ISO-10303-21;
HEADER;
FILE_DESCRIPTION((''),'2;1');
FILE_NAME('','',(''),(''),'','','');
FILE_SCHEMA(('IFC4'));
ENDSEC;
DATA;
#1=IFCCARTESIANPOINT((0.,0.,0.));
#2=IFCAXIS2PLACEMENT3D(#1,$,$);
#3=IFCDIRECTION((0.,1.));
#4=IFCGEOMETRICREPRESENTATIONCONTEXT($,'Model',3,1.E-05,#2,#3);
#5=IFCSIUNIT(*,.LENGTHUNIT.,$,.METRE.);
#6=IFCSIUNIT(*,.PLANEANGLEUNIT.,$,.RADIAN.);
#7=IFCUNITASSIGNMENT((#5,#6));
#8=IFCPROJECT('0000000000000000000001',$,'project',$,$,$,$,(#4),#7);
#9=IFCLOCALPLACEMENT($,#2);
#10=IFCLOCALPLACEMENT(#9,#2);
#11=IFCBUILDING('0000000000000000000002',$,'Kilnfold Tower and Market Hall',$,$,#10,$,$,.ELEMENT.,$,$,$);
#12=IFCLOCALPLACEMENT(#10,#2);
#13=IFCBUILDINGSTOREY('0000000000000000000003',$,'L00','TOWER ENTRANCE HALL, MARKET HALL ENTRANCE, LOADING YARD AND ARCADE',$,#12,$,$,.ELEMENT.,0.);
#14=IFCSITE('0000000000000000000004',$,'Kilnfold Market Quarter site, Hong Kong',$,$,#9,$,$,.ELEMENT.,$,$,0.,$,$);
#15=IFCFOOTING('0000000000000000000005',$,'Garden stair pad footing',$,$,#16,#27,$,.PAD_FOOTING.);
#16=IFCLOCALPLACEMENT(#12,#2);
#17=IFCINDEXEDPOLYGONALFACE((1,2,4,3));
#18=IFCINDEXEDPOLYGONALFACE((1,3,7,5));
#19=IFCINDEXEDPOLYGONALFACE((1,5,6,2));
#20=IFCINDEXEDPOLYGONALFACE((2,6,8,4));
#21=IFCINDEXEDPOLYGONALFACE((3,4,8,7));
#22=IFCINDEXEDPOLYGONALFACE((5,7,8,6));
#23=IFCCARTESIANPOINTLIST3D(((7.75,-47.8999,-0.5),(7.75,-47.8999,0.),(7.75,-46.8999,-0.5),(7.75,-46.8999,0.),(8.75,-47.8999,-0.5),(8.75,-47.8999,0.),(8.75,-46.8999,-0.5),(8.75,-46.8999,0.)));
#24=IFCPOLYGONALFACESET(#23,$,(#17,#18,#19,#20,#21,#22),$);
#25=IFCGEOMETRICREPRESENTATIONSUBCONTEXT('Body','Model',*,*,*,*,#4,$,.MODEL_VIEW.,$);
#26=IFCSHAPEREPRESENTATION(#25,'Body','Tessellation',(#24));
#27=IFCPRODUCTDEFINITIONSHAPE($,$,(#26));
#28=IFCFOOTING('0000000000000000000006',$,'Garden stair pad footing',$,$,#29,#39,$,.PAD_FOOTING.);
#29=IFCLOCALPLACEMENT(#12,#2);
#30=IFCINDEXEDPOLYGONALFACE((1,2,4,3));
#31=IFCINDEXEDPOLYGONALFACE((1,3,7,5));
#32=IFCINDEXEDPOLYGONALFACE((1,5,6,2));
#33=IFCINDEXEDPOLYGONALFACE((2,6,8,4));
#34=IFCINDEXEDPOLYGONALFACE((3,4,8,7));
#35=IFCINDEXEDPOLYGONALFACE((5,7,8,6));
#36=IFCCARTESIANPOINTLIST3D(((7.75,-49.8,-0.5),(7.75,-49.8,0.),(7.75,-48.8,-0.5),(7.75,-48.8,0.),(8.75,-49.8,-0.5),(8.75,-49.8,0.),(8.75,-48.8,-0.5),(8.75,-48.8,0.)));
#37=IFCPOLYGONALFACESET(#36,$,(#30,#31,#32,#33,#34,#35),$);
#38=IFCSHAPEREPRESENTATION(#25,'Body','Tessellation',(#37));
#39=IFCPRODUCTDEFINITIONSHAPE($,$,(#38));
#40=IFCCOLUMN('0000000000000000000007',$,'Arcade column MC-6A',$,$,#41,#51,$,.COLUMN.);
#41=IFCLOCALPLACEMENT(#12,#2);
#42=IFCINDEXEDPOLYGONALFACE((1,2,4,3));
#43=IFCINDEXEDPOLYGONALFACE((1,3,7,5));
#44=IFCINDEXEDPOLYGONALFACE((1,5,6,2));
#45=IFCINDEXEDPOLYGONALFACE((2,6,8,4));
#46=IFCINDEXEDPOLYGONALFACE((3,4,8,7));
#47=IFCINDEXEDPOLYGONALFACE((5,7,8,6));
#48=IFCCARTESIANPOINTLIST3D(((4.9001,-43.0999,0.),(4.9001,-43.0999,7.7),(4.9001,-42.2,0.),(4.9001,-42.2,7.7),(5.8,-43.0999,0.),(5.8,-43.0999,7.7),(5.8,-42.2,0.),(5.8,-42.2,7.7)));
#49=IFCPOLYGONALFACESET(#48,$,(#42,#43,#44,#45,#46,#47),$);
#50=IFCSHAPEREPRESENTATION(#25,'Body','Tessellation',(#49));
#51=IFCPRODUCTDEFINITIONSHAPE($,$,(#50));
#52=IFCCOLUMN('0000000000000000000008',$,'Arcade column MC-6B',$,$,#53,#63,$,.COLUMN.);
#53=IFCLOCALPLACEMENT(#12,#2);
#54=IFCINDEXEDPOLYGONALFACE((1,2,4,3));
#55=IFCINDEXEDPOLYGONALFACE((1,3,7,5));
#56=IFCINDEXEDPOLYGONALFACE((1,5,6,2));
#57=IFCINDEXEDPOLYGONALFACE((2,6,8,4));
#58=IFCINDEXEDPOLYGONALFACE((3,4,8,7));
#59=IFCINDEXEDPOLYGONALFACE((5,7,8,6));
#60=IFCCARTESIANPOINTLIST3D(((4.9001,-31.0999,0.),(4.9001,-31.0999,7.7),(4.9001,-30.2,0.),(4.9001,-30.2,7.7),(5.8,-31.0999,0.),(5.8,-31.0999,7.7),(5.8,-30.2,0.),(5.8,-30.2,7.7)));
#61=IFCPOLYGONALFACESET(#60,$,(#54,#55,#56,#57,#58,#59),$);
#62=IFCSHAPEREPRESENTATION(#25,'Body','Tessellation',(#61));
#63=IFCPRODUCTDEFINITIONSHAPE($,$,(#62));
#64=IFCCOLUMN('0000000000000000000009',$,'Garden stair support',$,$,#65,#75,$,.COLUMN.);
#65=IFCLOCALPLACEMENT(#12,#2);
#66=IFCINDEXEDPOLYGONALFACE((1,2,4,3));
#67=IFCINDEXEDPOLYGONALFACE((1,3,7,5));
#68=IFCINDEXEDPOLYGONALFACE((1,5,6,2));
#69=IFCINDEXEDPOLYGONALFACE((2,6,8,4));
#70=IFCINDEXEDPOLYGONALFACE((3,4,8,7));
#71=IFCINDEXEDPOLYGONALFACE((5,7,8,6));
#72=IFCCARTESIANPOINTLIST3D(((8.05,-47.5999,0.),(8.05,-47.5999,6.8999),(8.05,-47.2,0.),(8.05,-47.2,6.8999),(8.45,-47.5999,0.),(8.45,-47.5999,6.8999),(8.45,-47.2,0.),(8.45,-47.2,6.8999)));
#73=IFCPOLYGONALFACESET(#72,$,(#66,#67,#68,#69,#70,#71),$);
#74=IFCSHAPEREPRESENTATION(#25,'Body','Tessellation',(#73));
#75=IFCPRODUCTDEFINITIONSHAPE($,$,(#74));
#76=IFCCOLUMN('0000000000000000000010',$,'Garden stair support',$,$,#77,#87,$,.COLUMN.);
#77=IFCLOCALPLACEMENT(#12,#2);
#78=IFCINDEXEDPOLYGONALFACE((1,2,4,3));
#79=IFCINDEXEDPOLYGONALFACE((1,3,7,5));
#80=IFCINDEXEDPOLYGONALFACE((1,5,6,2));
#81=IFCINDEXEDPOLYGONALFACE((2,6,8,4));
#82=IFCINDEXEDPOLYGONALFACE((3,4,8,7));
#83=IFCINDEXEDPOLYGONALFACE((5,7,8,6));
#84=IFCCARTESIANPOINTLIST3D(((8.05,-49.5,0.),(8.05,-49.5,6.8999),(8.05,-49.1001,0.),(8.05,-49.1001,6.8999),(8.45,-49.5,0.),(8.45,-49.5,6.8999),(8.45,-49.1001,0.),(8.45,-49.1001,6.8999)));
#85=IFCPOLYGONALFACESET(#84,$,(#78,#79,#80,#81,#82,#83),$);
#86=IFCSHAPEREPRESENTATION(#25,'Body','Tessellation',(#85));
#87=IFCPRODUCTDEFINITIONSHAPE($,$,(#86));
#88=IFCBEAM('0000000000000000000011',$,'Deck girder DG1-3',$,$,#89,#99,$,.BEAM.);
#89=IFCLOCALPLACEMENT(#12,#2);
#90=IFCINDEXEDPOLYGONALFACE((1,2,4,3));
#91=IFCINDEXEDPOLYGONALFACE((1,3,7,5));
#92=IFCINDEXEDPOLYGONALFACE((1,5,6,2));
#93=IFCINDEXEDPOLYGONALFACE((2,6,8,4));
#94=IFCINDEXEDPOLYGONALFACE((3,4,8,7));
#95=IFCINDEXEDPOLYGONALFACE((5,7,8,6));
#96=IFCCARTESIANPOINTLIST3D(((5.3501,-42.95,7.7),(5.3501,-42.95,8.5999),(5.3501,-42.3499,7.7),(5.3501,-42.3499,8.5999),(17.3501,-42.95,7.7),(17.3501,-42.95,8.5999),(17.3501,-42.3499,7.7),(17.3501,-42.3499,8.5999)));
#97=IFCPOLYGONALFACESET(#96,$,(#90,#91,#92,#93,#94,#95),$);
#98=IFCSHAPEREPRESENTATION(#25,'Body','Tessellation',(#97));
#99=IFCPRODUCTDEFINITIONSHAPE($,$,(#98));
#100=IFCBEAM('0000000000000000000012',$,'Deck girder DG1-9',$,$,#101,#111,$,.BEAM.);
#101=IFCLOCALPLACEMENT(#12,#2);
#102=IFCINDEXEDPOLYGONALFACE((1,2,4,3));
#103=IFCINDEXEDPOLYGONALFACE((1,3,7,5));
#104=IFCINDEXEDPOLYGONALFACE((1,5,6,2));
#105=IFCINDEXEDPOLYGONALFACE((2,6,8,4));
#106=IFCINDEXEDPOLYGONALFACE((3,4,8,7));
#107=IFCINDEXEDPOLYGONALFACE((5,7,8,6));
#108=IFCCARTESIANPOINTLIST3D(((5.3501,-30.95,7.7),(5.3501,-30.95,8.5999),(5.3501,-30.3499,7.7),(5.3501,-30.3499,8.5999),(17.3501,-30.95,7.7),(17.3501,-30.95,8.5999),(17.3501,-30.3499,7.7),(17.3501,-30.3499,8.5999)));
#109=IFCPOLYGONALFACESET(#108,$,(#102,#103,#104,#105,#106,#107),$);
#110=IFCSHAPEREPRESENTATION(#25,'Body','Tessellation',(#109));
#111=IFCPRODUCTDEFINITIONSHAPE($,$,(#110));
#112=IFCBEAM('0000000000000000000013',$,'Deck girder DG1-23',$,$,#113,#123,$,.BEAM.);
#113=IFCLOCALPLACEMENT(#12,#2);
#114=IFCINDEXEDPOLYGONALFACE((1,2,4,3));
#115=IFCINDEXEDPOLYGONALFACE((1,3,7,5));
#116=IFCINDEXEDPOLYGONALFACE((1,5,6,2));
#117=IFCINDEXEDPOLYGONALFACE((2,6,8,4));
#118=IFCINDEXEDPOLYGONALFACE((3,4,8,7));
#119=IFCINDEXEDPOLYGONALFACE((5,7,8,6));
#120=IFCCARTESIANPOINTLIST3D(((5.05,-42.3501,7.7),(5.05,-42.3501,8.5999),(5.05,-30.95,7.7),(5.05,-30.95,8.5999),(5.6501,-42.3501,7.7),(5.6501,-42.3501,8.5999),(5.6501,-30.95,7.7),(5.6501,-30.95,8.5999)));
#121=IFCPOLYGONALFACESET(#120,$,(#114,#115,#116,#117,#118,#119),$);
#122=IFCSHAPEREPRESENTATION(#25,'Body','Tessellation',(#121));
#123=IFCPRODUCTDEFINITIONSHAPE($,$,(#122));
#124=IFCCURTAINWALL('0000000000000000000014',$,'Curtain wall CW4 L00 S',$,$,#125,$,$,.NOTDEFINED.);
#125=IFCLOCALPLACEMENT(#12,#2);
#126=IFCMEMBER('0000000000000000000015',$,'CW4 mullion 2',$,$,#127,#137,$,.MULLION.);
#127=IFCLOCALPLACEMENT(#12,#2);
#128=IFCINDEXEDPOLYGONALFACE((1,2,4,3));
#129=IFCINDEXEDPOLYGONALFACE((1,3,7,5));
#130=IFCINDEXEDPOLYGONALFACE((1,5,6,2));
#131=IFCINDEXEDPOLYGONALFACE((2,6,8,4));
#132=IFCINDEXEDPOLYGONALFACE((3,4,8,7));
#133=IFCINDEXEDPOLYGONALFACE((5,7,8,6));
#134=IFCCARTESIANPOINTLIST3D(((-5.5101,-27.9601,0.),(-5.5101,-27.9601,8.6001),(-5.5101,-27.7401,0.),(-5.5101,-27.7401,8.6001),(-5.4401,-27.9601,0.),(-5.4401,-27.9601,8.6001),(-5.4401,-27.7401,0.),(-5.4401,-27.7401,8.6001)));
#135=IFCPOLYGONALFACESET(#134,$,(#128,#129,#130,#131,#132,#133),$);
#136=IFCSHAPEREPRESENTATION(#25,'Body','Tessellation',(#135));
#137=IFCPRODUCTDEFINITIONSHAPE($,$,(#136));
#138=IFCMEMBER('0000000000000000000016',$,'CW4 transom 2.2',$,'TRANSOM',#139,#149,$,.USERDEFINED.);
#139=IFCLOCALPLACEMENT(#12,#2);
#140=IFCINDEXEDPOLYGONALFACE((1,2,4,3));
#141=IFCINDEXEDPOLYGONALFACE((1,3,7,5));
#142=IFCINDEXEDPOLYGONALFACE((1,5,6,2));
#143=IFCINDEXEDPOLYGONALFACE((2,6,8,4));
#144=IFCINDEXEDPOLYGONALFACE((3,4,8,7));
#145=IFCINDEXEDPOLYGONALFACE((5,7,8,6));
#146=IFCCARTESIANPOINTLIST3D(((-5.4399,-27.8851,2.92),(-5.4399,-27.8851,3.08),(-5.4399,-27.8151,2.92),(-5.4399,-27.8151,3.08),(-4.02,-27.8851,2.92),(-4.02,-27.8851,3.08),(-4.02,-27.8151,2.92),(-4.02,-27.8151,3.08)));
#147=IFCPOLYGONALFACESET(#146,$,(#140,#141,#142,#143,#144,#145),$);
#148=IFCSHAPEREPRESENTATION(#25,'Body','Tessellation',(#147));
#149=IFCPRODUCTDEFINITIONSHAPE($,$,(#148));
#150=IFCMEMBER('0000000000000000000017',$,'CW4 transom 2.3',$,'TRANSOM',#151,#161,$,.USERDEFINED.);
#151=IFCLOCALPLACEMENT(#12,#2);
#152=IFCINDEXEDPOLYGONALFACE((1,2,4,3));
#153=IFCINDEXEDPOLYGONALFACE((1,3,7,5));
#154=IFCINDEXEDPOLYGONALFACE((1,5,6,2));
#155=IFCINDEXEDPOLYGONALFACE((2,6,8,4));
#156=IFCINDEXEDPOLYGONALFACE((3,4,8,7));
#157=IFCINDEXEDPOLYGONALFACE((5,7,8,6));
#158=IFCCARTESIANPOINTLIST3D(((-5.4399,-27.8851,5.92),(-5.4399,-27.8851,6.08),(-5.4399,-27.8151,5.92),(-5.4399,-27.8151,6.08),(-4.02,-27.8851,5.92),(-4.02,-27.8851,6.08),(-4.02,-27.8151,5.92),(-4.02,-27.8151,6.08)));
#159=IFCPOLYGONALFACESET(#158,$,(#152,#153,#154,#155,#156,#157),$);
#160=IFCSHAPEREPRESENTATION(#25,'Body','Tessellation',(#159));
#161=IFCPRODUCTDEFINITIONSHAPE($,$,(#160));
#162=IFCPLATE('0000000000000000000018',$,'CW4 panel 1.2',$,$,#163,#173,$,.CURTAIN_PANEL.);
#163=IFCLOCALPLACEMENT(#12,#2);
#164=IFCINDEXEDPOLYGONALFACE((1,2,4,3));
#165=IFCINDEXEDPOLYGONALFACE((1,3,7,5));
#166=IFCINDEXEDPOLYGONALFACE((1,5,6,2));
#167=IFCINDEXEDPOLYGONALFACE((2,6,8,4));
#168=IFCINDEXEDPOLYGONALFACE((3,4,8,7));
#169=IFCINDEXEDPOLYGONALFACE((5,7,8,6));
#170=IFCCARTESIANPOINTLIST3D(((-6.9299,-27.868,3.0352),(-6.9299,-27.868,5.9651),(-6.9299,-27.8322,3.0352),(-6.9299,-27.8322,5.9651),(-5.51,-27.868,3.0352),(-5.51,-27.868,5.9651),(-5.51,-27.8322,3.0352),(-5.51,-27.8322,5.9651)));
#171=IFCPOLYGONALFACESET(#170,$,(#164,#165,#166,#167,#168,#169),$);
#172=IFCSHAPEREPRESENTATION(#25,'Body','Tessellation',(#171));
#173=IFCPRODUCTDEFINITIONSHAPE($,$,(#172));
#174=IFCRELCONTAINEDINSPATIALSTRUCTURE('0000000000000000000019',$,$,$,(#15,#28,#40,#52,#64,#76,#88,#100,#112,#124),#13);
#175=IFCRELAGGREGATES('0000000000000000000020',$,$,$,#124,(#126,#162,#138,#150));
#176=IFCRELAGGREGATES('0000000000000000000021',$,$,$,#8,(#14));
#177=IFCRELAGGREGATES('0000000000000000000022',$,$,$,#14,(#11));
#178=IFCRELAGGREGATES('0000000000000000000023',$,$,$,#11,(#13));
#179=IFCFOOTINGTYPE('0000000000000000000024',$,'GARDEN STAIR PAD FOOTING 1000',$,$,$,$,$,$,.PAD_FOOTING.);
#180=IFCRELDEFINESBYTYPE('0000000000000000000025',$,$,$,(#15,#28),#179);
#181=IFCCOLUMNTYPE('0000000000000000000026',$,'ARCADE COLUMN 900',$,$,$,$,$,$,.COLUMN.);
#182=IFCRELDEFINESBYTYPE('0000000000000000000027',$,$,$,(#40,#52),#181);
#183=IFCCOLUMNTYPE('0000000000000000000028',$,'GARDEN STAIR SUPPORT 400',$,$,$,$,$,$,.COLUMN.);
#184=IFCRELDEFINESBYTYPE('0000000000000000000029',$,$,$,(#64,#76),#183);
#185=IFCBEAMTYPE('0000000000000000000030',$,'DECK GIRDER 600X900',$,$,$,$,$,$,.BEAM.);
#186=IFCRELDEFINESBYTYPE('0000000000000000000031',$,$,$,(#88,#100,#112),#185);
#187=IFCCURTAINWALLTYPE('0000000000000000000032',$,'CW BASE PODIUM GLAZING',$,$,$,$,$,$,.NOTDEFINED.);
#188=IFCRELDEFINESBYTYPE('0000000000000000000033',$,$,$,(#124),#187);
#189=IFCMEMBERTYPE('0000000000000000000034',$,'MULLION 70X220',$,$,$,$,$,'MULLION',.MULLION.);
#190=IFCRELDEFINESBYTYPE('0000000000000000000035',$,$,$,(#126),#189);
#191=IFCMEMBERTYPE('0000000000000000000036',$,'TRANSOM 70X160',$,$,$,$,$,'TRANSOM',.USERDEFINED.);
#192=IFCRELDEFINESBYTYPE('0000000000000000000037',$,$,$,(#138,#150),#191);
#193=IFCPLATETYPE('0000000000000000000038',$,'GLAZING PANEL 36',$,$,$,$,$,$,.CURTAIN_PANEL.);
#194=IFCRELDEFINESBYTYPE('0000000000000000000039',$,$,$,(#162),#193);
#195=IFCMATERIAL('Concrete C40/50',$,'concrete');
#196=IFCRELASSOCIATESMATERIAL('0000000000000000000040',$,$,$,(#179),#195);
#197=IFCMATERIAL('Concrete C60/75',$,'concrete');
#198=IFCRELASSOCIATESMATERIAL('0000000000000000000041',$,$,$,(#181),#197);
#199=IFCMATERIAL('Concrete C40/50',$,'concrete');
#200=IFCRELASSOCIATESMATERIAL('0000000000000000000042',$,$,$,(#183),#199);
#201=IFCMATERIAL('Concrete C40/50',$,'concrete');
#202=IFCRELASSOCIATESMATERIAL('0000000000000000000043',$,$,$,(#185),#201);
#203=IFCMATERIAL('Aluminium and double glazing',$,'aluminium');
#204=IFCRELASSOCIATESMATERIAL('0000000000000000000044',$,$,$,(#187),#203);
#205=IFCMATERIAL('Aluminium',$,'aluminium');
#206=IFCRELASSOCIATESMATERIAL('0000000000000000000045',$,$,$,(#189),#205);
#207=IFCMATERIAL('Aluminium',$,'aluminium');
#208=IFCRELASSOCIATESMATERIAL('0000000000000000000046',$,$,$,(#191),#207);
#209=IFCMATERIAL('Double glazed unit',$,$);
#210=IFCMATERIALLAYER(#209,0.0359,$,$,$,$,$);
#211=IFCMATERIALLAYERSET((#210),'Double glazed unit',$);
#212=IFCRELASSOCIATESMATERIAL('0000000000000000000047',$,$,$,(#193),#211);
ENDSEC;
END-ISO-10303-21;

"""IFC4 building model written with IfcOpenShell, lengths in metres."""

from ifc_helpers import new_model, si_unit, direction, frame, origin, origin_2d, place, context, subcontext, project, spatial, rectangle, extrude, source, transform, mapped, material, layer, layer_set, material_profile, profile_set, type_object, element, aggregate, save


model = new_model("IFC4")

# Units and contexts
model_context = context("Model", 3, precision=1e-05, world=origin(), true_north=direction((0.0, 1.0)))
body_context = subcontext(model_context, "Body", "Model", "MODEL_VIEW")
ifc_project = project(units=[si_unit("LENGTHUNIT", "METRE"), si_unit("PLANEANGLEUNIT", "RADIAN")], contexts=[model_context])

# Site, building, storey
site_placement = place(None, origin())
site = spatial("IfcSite", under=ifc_project, at=site_placement, Name="Kilnfold Market Quarter site, Hong Kong", CompositionType="ELEMENT", RefElevation=0.0)
building_placement = place(site_placement, origin())
building = spatial("IfcBuilding", under=site, at=building_placement, Name="Kilnfold Tower and Market Hall", CompositionType="ELEMENT")
storey_placement = place(building_placement, origin())
storey = spatial("IfcBuildingStorey", under=building, at=storey_placement, Name="L00", Description="TOWER ENTRANCE HALL, MARKET HALL ENTRANCE, LOADING YARD AND ARCADE", CompositionType="ELEMENT", Elevation=0.0)

# Footings
ifc_material_1 = material(Name="Concrete C40/50", Category="concrete")
footing_type = type_object("IfcFootingType", Name="GARDEN STAIR PAD FOOTING 1000", PredefinedType="PAD_FOOTING", material=ifc_material_1)
shared_shape_1 = source(origin(), body_context, "Body", "SweptSolid", [
    extrude(rectangle(XDim=1.0, YDim=1.0, at=origin_2d()), origin(), (0.0, 0.0, 1.0), 0.5),
])
for number, where, z_axis, x_axis, name in (
    (1, (8.25, -47.3999, -0.5), (0.0, 0.0, 1.0), (1.0, 0.0, 0.0), "Garden stair pad footing"),
    (2, (8.25, -49.3, -0.5), (0.0, 0.0, 1.0), (1.0, 0.0, 0.0), "Garden stair pad footing"),
):
    element("IfcFooting", number, at=place(storey_placement, frame(where, z_axis=z_axis, x_axis=x_axis)), inside=storey, type_object=footing_type, Name=name, PredefinedType="PAD_FOOTING", context=body_context, shape_type="MappedRepresentation", body=[
        mapped(shared_shape_1, transform((0.0, 0.0, 0.0))),
    ])

# Columns
ifc_material_2 = material(Name="Concrete C60/75", Category="concrete")
ifc_material_profile_1 = material_profile(ifc_material_2, rectangle(XDim=0.8999, YDim=0.8999, at=origin_2d()), Name="RC 900x900")
ifc_profile_set_1 = profile_set([ifc_material_profile_1], Name="Concrete C60/75")
column_type_1 = type_object("IfcColumnType", Name="ARCADE COLUMN 900", PredefinedType="COLUMN", material=ifc_profile_set_1)
shared_shape_2 = source(origin(), body_context, "Body", "SweptSolid", [
    extrude(rectangle(XDim=0.8999, YDim=0.8999, at=origin_2d()), origin(), (0.0, 0.0, 1.0), 7.7),
])
for number, where, z_axis, x_axis, name in (
    (3, (5.3501, -42.6499, 0.0), (0.0, 0.0, 1.0), (1.0, 0.0, 0.0), "Arcade column MC-6A"),
    (4, (5.3501, -30.6499, 0.0), (0.0, 0.0, 1.0), (1.0, 0.0, 0.0), "Arcade column MC-6B"),
):
    element("IfcColumn", number, at=place(storey_placement, frame(where, z_axis=z_axis, x_axis=x_axis)), inside=storey, type_object=column_type_1, Name=name, PredefinedType="COLUMN", context=body_context, shape_type="MappedRepresentation", body=[
        mapped(shared_shape_2, transform((0.0, 0.0, 0.0))),
    ])
ifc_material_3 = material(Name="Concrete C40/50", Category="concrete")
ifc_material_profile_2 = material_profile(ifc_material_3, rectangle(XDim=0.3999, YDim=0.3999, at=origin_2d()), Name="RC 400x400")
ifc_profile_set_2 = profile_set([ifc_material_profile_2], Name="Concrete C40/50")
column_type_2 = type_object("IfcColumnType", Name="GARDEN STAIR SUPPORT 400", PredefinedType="COLUMN", material=ifc_profile_set_2)
shared_shape_3 = source(origin(), body_context, "Body", "SweptSolid", [
    extrude(rectangle(XDim=0.3999, YDim=0.3999, at=origin_2d()), origin(), (0.0, 0.0, 1.0), 6.8999),
])
for number, where, z_axis, x_axis, name in (
    (5, (8.25, -47.3999, 0.0), (0.0, 0.0, 1.0), (1.0, 0.0, 0.0), "Garden stair support"),
    (6, (8.25, -49.3, 0.0), (0.0, 0.0, 1.0), (1.0, 0.0, 0.0), "Garden stair support"),
):
    element("IfcColumn", number, at=place(storey_placement, frame(where, z_axis=z_axis, x_axis=x_axis)), inside=storey, type_object=column_type_2, Name=name, PredefinedType="COLUMN", context=body_context, shape_type="MappedRepresentation", body=[
        mapped(shared_shape_3, transform((0.0, 0.0, 0.0))),
    ])

# Beams
ifc_material_4 = material(Name="Concrete C40/50", Category="concrete")
ifc_material_profile_3 = material_profile(ifc_material_4, rectangle(XDim=0.6001, YDim=0.8999, at=origin_2d()), Name="RC 600x900")
ifc_profile_set_3 = profile_set([ifc_material_profile_3], Name="Concrete C40/50")
beam_type = type_object("IfcBeamType", Name="DECK GIRDER 600X900", PredefinedType="BEAM", material=ifc_profile_set_3)
shared_shape_4 = source(origin(), body_context, "Body", "SweptSolid", [
    extrude(rectangle(XDim=0.6001, YDim=0.8999, at=origin_2d()), origin(), (0.0, 0.0, 1.0), 12.0),
])
for number, where, z_axis, x_axis, name in (
    (7, (5.3501, -42.6499, 8.1499), (1.0, 0.0, 0.0), (0.0, 1.0, 0.0), "Deck girder DG1-3"),
    (8, (5.3501, -30.6499, 8.1499), (1.0, 0.0, 0.0), (0.0, 1.0, 0.0), "Deck girder DG1-9"),
):
    element("IfcBeam", number, at=place(storey_placement, frame(where, z_axis=z_axis, x_axis=x_axis)), inside=storey, type_object=beam_type, Name=name, PredefinedType="BEAM", context=body_context, shape_type="MappedRepresentation", body=[
        mapped(shared_shape_4, transform((0.0, 0.0, 0.0))),
    ])
shared_shape_5 = source(origin(), body_context, "Body", "SweptSolid", [
    extrude(rectangle(XDim=0.6001, YDim=0.8999, at=origin_2d()), origin(), (0.0, 0.0, 1.0), 11.4001),
])
beam_placement = place(storey_placement, frame((5.3501, -42.3501, 8.1499), z_axis=(0.0, 1.0, 0.0), x_axis=(-1.0, 0.0, 0.0)))
element("IfcBeam", 9, at=beam_placement, inside=storey, type_object=beam_type, Name="Deck girder DG1-23", PredefinedType="BEAM", context=body_context, shape_type="MappedRepresentation", body=[
    mapped(shared_shape_5, transform((0.0, 0.0, 0.0))),
])

# Curtain wall, members, plate
ifc_material_5 = material(Name="Aluminium and double glazing", Category="aluminium")
curtain_wall_type = type_object("IfcCurtainWallType", Name="CW BASE PODIUM GLAZING", PredefinedType="NOTDEFINED", material=ifc_material_5)
curtain_wall_placement = place(storey_placement, origin())
curtain_wall = element("IfcCurtainWall", 10, at=curtain_wall_placement, inside=storey, type_object=curtain_wall_type, Name="Curtain wall CW4 L00 S", PredefinedType="NOTDEFINED")
ifc_material_6 = material(Name="Aluminium", Category="aluminium")
ifc_material_profile_4 = material_profile(ifc_material_6, rectangle(XDim=0.0701, YDim=0.22, at=origin_2d()), Name="MULLION 70x220")
ifc_profile_set_4 = profile_set([ifc_material_profile_4], Name="Aluminium")
member_type_1 = type_object("IfcMemberType", Name="MULLION 70X220", ElementType="MULLION", PredefinedType="MULLION", material=ifc_profile_set_4)
shared_shape_6 = source(origin(), body_context, "Body", "SweptSolid", [
    extrude(rectangle(XDim=0.0701, YDim=0.22, at=origin_2d()), origin(), (0.0, 0.0, 1.0), 8.6001),
])
member_1_placement = place(storey_placement, frame((-5.4751, -27.8501, 0.0), z_axis=(0.0, 0.0, 1.0), x_axis=(1.0, 0.0, 0.0)))
member_1 = element("IfcMember", 11, at=member_1_placement, type_object=member_type_1, Name="CW4 mullion 2", PredefinedType="MULLION", context=body_context, shape_type="MappedRepresentation", body=[
    mapped(shared_shape_6, transform((0.0, 0.0, 0.0))),
])
ifc_material_7 = material(Name="Aluminium", Category="aluminium")
ifc_material_profile_5 = material_profile(ifc_material_7, rectangle(XDim=0.0701, YDim=0.1599, at=origin_2d()), Name="TRANSOM 70x160")
ifc_profile_set_5 = profile_set([ifc_material_profile_5], Name="Aluminium")
member_type_2 = type_object("IfcMemberType", Name="TRANSOM 70X160", ElementType="TRANSOM", PredefinedType="USERDEFINED", material=ifc_profile_set_5)
shared_shape_7 = source(origin(), body_context, "Body", "SweptSolid", [
    extrude(rectangle(XDim=0.0701, YDim=0.1599, at=origin_2d()), origin(), (0.0, 0.0, 1.0), 1.4199),
])
member_2_placement = place(storey_placement, frame((-5.4399, -27.8501, 3.0), z_axis=(1.0, 0.0, 0.0), x_axis=(0.0, 1.0, 0.0)))
member_2 = element("IfcMember", 12, at=member_2_placement, type_object=member_type_2, Name="CW4 transom 2.2", ObjectType="TRANSOM", PredefinedType="USERDEFINED", context=body_context, shape_type="MappedRepresentation", body=[
    mapped(shared_shape_7, transform((0.0, 0.0, 0.0))),
])
member_3_placement = place(storey_placement, frame((-5.4399, -27.8501, 6.0), z_axis=(1.0, 0.0, 0.0), x_axis=(0.0, 1.0, 0.0)))
member_3 = element("IfcMember", 13, at=member_3_placement, type_object=member_type_2, Name="CW4 transom 2.3", ObjectType="TRANSOM", PredefinedType="USERDEFINED", context=body_context, shape_type="MappedRepresentation", body=[
    mapped(shared_shape_7, transform((0.0, 0.0, 0.0))),
])
ifc_material_8 = material(Name="Double glazed unit")
ifc_layer_1 = layer(ifc_material_8, 0.0359)
ifc_layer_set_1 = layer_set([ifc_layer_1], Name="Double glazed unit")
plate_type = type_object("IfcPlateType", Name="GLAZING PANEL 36", PredefinedType="CURTAIN_PANEL", material=ifc_layer_set_1)
shared_shape_8 = source(origin(), body_context, "Body", "SweptSolid", [
    extrude(rectangle(XDim=1.4199, YDim=0.0359, at=origin_2d()), origin(), (0.0, 0.0, 1.0), 2.9299),
])
plate_1_placement = place(storey_placement, frame((-6.22, -27.8501, 3.0352), z_axis=(0.0, 0.0, 1.0), x_axis=(1.0, 0.0, 0.0)))
plate_1 = element("IfcPlate", 14, at=plate_1_placement, type_object=plate_type, Name="CW4 panel 1.2", PredefinedType="CURTAIN_PANEL", context=body_context, shape_type="MappedRepresentation", body=[
    mapped(shared_shape_8, transform((0.0, 0.0, 0.0))),
])
aggregate(curtain_wall, [member_1, plate_1, member_2, member_3])

save(model, "model.ifc")
